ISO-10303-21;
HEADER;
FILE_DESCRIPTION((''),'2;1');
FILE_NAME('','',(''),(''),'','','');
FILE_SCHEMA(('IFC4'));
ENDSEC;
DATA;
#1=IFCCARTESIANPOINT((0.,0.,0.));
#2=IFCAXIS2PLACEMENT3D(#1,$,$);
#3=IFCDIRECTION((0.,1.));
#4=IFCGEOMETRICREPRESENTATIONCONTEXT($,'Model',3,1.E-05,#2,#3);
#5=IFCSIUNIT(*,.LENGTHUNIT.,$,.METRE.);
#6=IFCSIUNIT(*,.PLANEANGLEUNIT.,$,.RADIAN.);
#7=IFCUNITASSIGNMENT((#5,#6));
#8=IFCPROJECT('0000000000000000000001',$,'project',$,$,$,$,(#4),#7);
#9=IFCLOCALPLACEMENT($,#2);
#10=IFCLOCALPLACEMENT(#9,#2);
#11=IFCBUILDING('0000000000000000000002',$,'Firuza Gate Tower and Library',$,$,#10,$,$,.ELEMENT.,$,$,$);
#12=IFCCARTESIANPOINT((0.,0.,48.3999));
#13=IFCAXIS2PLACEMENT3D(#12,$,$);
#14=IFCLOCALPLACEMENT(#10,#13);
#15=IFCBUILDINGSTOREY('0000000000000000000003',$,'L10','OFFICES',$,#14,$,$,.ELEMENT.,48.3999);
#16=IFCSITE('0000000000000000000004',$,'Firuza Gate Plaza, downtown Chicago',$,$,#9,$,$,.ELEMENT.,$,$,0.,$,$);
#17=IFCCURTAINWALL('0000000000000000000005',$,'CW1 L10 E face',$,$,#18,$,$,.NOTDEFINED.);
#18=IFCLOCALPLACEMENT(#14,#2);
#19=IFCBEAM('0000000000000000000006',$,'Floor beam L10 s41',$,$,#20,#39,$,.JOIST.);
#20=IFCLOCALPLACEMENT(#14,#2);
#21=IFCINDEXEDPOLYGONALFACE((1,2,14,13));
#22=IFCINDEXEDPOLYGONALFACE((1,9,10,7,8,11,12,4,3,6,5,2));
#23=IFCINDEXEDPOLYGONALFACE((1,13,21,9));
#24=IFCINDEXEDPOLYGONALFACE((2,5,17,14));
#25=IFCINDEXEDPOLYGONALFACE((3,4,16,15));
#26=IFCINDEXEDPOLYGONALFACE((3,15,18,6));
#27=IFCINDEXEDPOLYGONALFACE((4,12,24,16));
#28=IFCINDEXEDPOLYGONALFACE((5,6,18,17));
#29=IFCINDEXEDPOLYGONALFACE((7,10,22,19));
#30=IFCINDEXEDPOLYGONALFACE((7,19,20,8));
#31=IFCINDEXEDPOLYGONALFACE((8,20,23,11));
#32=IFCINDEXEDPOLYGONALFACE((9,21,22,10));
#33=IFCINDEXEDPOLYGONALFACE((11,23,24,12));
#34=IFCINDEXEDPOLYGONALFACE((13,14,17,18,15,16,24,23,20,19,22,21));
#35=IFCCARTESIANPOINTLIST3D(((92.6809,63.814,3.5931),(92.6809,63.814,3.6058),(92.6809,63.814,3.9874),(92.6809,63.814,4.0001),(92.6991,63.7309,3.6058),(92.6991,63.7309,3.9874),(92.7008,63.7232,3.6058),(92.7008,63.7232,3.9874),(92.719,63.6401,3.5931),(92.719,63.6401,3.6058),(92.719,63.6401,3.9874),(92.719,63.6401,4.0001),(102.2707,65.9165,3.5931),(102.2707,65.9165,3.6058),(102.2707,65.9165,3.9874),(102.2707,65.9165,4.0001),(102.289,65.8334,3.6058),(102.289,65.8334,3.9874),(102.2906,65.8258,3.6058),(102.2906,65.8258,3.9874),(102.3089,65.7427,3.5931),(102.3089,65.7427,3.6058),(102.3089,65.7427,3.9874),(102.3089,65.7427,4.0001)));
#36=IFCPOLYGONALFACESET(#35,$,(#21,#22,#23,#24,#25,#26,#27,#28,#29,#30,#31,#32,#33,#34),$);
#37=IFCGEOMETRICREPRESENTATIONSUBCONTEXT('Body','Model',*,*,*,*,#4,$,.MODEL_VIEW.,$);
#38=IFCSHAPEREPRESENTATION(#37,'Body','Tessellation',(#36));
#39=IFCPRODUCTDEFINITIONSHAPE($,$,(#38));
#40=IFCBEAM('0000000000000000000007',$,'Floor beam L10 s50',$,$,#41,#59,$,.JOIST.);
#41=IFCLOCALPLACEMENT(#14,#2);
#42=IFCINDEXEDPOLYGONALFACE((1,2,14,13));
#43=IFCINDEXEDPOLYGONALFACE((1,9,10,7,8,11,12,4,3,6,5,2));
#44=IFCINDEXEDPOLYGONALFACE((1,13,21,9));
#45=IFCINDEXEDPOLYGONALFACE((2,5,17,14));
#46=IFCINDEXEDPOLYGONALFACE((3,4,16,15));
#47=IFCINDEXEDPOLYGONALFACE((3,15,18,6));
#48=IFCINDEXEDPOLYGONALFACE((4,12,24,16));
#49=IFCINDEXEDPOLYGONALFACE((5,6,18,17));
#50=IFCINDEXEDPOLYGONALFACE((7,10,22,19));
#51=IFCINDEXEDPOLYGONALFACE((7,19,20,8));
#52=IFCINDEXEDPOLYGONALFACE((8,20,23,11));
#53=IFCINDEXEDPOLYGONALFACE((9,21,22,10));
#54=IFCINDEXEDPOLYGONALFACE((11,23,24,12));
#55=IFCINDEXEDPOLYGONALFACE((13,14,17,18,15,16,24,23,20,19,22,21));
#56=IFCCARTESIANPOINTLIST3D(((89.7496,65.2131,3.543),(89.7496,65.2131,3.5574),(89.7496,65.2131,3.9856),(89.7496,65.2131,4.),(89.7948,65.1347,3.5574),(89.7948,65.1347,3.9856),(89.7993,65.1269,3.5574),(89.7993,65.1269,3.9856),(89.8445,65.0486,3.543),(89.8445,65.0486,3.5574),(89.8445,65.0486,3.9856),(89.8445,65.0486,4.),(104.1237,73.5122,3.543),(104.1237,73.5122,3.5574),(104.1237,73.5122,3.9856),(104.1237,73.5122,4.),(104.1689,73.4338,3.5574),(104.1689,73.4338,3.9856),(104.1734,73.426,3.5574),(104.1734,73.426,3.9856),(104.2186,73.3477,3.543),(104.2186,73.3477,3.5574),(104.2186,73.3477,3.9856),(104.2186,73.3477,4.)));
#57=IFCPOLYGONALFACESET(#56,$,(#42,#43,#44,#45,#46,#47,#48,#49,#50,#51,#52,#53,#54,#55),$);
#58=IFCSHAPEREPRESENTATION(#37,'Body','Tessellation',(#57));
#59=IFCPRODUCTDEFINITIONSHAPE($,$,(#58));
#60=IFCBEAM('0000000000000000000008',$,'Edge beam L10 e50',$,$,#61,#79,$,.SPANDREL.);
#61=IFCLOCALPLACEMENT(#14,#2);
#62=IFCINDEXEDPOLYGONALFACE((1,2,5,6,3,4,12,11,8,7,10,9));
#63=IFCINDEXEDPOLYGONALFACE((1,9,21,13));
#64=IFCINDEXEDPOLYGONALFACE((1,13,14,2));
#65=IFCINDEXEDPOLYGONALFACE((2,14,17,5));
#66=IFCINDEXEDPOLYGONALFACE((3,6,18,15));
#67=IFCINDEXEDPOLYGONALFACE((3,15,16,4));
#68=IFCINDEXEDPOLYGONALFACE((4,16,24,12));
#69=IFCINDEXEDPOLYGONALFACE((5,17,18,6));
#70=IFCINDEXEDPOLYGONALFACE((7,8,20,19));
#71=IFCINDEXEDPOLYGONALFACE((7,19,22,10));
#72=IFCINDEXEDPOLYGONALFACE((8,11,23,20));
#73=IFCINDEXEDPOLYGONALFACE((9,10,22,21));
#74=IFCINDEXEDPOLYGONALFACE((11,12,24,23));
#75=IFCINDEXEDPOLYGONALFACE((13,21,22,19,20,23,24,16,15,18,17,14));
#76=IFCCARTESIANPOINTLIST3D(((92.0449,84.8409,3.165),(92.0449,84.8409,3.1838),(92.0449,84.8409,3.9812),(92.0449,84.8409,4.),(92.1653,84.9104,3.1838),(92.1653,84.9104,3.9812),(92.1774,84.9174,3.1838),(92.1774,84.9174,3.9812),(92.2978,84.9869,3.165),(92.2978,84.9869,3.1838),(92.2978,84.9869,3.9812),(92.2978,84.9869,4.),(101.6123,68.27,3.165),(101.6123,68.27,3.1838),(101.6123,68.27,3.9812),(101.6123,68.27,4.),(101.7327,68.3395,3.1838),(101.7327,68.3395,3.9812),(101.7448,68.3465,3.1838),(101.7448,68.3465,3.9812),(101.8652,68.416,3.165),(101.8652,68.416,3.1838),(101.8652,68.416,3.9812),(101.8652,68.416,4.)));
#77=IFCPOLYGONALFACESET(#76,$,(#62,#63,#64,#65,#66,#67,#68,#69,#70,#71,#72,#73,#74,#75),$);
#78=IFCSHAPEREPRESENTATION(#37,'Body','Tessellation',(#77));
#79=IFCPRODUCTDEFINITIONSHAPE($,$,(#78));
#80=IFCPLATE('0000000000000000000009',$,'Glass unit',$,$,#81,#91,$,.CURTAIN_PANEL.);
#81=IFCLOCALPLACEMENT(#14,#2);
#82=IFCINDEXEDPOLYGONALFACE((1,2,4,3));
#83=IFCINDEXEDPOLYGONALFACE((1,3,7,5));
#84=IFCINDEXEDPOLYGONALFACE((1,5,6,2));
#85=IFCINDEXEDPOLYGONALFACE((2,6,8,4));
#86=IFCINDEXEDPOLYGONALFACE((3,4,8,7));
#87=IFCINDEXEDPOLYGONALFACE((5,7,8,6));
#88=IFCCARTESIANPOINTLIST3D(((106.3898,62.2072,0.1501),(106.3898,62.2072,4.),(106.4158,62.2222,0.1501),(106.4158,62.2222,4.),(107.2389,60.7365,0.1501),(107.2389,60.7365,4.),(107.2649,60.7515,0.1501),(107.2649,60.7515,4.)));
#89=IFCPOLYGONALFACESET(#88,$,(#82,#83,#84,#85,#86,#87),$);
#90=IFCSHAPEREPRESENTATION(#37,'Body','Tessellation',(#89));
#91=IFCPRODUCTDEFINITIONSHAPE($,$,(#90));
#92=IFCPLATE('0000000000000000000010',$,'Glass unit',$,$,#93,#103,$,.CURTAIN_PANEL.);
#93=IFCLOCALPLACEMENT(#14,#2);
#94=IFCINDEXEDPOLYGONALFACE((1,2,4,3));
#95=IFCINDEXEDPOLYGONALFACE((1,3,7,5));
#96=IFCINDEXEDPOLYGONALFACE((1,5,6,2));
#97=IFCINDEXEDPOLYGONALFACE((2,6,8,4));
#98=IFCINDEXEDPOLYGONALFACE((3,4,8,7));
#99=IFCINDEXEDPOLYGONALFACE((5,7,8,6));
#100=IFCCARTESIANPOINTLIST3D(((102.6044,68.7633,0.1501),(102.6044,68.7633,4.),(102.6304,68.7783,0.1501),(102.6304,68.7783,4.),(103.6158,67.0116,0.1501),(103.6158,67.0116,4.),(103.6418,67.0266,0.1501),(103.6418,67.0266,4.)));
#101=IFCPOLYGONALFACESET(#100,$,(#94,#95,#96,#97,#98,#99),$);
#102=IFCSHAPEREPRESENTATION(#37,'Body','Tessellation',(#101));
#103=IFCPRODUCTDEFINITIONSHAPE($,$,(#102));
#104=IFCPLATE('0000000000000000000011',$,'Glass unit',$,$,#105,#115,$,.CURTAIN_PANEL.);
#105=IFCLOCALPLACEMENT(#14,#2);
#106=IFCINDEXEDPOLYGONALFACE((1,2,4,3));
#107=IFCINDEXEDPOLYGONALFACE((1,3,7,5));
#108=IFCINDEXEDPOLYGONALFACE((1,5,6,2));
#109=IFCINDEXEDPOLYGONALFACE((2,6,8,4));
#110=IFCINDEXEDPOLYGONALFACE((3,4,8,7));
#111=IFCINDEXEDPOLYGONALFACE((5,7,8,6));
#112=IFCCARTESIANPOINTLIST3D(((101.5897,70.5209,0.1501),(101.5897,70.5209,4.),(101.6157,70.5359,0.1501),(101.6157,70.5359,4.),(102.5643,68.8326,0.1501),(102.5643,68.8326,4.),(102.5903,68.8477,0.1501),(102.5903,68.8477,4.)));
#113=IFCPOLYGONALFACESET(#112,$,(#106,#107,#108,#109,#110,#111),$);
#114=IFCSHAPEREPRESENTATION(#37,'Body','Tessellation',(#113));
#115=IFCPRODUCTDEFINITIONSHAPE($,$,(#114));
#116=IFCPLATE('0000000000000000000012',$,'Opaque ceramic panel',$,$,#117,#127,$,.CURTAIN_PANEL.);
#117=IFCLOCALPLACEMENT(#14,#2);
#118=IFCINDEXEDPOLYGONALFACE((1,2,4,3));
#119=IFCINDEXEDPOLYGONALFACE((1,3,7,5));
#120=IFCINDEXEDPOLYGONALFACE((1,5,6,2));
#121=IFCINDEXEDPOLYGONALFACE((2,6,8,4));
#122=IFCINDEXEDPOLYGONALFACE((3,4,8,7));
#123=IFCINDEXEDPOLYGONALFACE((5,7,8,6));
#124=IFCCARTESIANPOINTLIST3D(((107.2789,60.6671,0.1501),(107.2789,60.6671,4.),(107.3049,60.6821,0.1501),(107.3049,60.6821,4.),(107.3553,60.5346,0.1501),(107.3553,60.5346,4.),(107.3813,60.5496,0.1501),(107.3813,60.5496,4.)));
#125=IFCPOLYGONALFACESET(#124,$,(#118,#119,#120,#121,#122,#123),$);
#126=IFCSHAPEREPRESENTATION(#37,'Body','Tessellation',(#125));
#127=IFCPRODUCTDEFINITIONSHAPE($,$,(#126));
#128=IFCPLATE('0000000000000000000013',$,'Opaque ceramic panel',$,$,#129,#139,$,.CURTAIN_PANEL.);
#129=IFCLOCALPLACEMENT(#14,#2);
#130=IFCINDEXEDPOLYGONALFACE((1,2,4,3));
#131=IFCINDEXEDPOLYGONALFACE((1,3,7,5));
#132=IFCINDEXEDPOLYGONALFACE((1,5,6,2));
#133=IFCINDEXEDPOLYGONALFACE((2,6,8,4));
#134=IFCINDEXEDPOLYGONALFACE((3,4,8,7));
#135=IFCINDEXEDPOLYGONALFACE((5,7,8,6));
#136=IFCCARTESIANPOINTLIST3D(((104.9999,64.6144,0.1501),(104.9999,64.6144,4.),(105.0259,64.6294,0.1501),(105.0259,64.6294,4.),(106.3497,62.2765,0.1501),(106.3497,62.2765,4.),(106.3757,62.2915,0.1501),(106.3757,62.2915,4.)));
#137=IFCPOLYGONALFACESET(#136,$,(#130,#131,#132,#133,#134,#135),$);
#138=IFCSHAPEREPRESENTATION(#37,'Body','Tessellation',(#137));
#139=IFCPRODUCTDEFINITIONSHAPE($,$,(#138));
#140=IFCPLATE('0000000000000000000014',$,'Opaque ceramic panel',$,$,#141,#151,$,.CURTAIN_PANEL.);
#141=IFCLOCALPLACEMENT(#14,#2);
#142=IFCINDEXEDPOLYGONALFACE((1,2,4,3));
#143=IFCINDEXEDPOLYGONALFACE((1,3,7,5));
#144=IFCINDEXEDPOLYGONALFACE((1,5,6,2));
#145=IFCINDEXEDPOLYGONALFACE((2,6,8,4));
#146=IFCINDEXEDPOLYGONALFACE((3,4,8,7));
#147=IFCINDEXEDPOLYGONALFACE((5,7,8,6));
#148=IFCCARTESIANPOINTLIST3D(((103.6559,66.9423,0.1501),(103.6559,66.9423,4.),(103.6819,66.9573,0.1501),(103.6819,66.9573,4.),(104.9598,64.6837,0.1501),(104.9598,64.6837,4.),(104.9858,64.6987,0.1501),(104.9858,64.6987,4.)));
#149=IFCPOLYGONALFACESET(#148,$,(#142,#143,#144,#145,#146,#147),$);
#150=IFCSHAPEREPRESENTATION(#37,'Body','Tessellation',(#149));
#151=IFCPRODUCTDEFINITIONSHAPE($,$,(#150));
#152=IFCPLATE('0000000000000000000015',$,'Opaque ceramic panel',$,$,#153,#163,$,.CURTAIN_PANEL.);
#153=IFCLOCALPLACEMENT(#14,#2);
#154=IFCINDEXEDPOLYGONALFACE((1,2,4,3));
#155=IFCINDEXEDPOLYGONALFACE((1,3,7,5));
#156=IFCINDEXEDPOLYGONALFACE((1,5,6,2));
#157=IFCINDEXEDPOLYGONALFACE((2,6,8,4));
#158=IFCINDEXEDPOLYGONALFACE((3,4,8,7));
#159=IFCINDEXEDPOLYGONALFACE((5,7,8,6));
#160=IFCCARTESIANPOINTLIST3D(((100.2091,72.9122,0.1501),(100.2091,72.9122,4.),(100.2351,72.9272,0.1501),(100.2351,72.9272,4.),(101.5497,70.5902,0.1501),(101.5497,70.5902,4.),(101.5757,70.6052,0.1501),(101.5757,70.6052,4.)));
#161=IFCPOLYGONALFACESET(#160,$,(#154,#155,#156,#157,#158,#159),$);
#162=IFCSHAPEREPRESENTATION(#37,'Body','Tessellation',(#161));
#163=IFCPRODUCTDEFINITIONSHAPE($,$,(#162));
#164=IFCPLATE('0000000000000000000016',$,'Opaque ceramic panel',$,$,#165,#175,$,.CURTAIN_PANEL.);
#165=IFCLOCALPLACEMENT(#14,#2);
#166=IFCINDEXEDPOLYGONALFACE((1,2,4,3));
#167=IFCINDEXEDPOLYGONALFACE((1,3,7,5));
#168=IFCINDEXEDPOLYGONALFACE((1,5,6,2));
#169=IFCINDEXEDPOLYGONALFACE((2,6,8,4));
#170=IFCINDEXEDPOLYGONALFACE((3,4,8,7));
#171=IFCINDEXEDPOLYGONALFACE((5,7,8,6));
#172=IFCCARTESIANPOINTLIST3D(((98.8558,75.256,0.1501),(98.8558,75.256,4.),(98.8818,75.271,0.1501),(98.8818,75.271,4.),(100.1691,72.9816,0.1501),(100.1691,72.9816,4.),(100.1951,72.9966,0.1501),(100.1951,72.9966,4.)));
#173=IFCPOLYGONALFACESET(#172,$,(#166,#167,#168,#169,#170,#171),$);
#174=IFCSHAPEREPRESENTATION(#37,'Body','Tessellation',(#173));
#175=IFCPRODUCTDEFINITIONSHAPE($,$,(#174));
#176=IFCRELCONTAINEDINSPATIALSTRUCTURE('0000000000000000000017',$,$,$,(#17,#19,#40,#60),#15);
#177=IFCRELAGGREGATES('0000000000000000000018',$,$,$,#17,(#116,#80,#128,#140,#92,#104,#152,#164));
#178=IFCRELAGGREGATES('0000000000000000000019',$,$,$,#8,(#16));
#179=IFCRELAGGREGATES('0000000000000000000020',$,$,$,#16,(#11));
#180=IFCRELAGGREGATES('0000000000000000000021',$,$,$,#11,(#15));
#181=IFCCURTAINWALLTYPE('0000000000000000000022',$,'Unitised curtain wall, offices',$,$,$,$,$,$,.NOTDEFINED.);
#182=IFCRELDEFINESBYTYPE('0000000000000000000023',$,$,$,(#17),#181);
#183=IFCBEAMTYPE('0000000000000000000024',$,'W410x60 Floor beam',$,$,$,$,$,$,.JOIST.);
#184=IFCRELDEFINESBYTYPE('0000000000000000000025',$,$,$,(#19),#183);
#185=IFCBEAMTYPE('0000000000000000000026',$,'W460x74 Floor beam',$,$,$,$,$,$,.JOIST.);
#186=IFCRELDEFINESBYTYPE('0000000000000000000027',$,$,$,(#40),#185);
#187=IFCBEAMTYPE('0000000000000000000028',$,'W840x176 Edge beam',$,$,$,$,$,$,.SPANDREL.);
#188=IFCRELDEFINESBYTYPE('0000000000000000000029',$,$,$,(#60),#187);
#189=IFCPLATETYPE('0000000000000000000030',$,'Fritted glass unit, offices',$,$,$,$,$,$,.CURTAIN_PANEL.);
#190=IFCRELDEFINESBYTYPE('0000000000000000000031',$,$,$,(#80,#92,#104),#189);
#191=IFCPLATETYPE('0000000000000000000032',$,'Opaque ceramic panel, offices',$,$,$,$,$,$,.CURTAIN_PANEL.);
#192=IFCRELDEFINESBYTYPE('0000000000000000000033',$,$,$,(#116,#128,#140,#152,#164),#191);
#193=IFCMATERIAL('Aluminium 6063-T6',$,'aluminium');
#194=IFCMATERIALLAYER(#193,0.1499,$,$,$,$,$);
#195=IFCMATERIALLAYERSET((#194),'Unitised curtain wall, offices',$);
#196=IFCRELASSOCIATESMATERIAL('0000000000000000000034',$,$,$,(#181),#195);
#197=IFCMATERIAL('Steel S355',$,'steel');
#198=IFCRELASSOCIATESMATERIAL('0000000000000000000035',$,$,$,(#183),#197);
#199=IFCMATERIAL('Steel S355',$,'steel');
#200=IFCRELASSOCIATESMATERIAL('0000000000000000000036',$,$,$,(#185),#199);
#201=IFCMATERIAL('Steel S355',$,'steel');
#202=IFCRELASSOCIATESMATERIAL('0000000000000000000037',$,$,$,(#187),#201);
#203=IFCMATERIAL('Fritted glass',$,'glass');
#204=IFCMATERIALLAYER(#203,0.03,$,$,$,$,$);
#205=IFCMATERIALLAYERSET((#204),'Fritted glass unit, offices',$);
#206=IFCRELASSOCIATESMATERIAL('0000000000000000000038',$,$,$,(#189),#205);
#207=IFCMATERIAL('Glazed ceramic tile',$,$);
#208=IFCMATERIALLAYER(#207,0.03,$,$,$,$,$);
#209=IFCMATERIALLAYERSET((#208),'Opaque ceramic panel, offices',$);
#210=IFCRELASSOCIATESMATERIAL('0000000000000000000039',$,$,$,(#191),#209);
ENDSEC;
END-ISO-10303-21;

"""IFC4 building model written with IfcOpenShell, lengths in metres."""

from ifc_helpers import new_model, si_unit, direction, frame, origin, origin_2d, place, context, subcontext, project, spatial, polyline, i_section, outline, extrude, material, layer, layer_set, material_profile, profile_set, type_object, element, aggregate, save


model = new_model("IFC4")

# Units and contexts
model_context = context("Model", 3, precision=1e-05, world=origin(), true_north=direction((0.0, 1.0)))
body_context = subcontext(model_context, "Body", "Model", "MODEL_VIEW")
ifc_project = project(units=[si_unit("LENGTHUNIT", "METRE"), si_unit("PLANEANGLEUNIT", "RADIAN")], contexts=[model_context])

# Site, building, storey
site_placement = place(None, origin())
site = spatial("IfcSite", under=ifc_project, at=site_placement, Name="Firuza Gate Plaza, downtown Chicago", CompositionType="ELEMENT", RefElevation=0.0)
building_placement = place(site_placement, origin())
building = spatial("IfcBuilding", under=site, at=building_placement, Name="Firuza Gate Tower and Library", CompositionType="ELEMENT")
storey_placement = place(building_placement, frame((0.0, 0.0, 48.3999)))
storey = spatial("IfcBuildingStorey", under=building, at=storey_placement, Name="L10", Description="OFFICES", CompositionType="ELEMENT", Elevation=48.3999)

# Curtain wall
ifc_material_1 = material(Name="Aluminium 6063-T6", Category="aluminium")
ifc_layer_1 = layer(ifc_material_1, 0.1499)
ifc_layer_set_1 = layer_set([ifc_layer_1], Name="Unitised curtain wall, offices")
curtain_wall_type = type_object("IfcCurtainWallType", Name="Unitised curtain wall, offices", PredefinedType="NOTDEFINED", material=ifc_layer_set_1)
curtain_wall_placement = place(storey_placement, origin())
curtain_wall = element("IfcCurtainWall", 1, at=curtain_wall_placement, inside=storey, type_object=curtain_wall_type, Name="CW1 L10 E face", PredefinedType="NOTDEFINED")

# Beams
ifc_material_2 = material(Name="Steel S355", Category="steel")
ifc_material_profile_1 = material_profile(ifc_material_2, i_section(OverallWidth=0.178, OverallDepth=0.407, WebThickness=0.0078, FlangeThickness=0.0127, at=origin_2d()))
ifc_profile_set_1 = profile_set([ifc_material_profile_1], Name="Steel S355")
beam_type_1 = type_object("IfcBeamType", Name="W410x60 Floor beam", PredefinedType="JOIST", material=ifc_profile_set_1)
beam_1_placement = place(storey_placement, frame((102.2898, 65.8296, 3.7966), z_axis=(-0.976799, -0.21416, 0.0), x_axis=(0.21416, -0.976799, 0.0)))
element("IfcBeam", 2, at=beam_1_placement, inside=storey, type_object=beam_type_1, Name="Floor beam L10 s41", PredefinedType="JOIST", context=body_context, shape_type="SweptSolid", body=[
    extrude(i_section(OverallWidth=0.178, OverallDepth=0.407, WebThickness=0.0078, FlangeThickness=0.0127, at=origin_2d()), origin(), (0.0, 0.0, 1.0), 9.8176),
])
ifc_material_3 = material(Name="Steel S355", Category="steel")
ifc_material_profile_2 = material_profile(ifc_material_3, i_section(OverallWidth=0.1899, OverallDepth=0.457, WebThickness=0.009, FlangeThickness=0.0144, at=origin_2d()))
ifc_profile_set_2 = profile_set([ifc_material_profile_2], Name="Steel S355")
beam_type_2 = type_object("IfcBeamType", Name="W460x74 Floor beam", PredefinedType="JOIST", material=ifc_profile_set_2)
beam_2_placement = place(storey_placement, frame((104.1711, 73.4299, 3.7715), z_axis=(-0.86602, -0.50001, 0.0), x_axis=(0.50001, -0.86602, 0.0)))
element("IfcBeam", 3, at=beam_2_placement, inside=storey, type_object=beam_type_2, Name="Floor beam L10 s50", PredefinedType="JOIST", context=body_context, shape_type="SweptSolid", body=[
    extrude(i_section(OverallWidth=0.1899, OverallDepth=0.457, WebThickness=0.009, FlangeThickness=0.0144, at=origin_2d()), origin(), (0.0, 0.0, 1.0), 16.5979),
])
ifc_material_4 = material(Name="Steel S355", Category="steel")
ifc_material_profile_3 = material_profile(ifc_material_4, i_section(OverallWidth=0.292, OverallDepth=0.835, WebThickness=0.0139, FlangeThickness=0.0188, at=origin_2d()))
ifc_profile_set_3 = profile_set([ifc_material_profile_3], Name="Steel S355")
beam_type_3 = type_object("IfcBeamType", Name="W840x176 Edge beam", PredefinedType="SPANDREL", material=ifc_profile_set_3)
beam_3_placement = place(storey_placement, frame((101.7388, 68.343, 3.5825), z_axis=(-0.500009, 0.86602, 0.0), x_axis=(-0.86602, -0.500009, 0.0)))
element("IfcBeam", 4, at=beam_3_placement, inside=storey, type_object=beam_type_3, Name="Edge beam L10 e50", PredefinedType="SPANDREL", context=body_context, shape_type="SweptSolid", body=[
    extrude(i_section(OverallWidth=0.292, OverallDepth=0.835, WebThickness=0.0139, FlangeThickness=0.0188, at=origin_2d()), origin(), (0.0, 0.0, 1.0), 19.1345),
])

# Plates
ifc_material_5 = material(Name="Fritted glass", Category="glass")
ifc_layer_2 = layer(ifc_material_5, 0.03)
ifc_layer_set_2 = layer_set([ifc_layer_2], Name="Fritted glass unit, offices")
plate_type_1 = type_object("IfcPlateType", Name="Fritted glass unit, offices", PredefinedType="CURTAIN_PANEL", material=ifc_layer_set_2)
plate_1_placement = place(storey_placement, frame((107.2649, 60.7515, 0.1501), z_axis=(0.866023, 0.500005, 0.0), x_axis=(-0.500005, 0.866023, 0.0)))
plate_1 = element("IfcPlate", 5, at=plate_1_placement, type_object=plate_type_1, Name="Glass unit", PredefinedType="CURTAIN_PANEL", context=body_context, shape_type="SweptSolid", body=[
    extrude(outline(polyline([(0.0, 0.0), (1.6982, 0.0), (1.6982, 3.8499), (0.0, 3.8499), (0.0, 0.0)])), origin(), (0.0, 0.0, -1.0), 0.03),
])
plate_2_placement = place(storey_placement, frame((103.6418, 67.0266, 0.1501), z_axis=(0.865999, 0.500046, 0.0), x_axis=(-0.500046, 0.865999, 0.0)))
plate_2 = element("IfcPlate", 6, at=plate_2_placement, type_object=plate_type_1, Name="Glass unit", PredefinedType="CURTAIN_PANEL", context=body_context, shape_type="SweptSolid", body=[
    extrude(outline(polyline([(0.0, 0.0), (2.0228, 0.0), (2.0228, 3.8499), (0.0, 3.8499), (0.0, 0.0)])), origin(), (0.0, 0.0, -1.0), 0.03),
])
plate_3_placement = place(storey_placement, frame((102.5903, 68.8477, 0.1501), z_axis=(0.866046, 0.499965, 0.0), x_axis=(-0.499965, 0.866046, 0.0)))
plate_3 = element("IfcPlate", 7, at=plate_3_placement, type_object=plate_type_1, Name="Glass unit", PredefinedType="CURTAIN_PANEL", context=body_context, shape_type="SweptSolid", body=[
    extrude(outline(polyline([(0.0, 0.0), (1.9494, 0.0), (1.9494, 3.8499), (0.0, 3.8499), (0.0, 0.0)])), origin(), (0.0, 0.0, -1.0), 0.03),
])
ifc_material_6 = material(Name="Glazed ceramic tile")
ifc_layer_3 = layer(ifc_material_6, 0.03)
ifc_layer_set_3 = layer_set([ifc_layer_3], Name="Opaque ceramic panel, offices")
plate_type_2 = type_object("IfcPlateType", Name="Opaque ceramic panel, offices", PredefinedType="CURTAIN_PANEL", material=ifc_layer_set_3)
plate_4_placement = place(storey_placement, frame((107.3813, 60.5496, 0.1501), z_axis=(0.866371, 0.4994, 0.0), x_axis=(-0.4994, 0.866371, 0.0)))
plate_4 = element("IfcPlate", 8, at=plate_4_placement, type_object=plate_type_2, Name="Opaque ceramic panel", PredefinedType="CURTAIN_PANEL", context=body_context, shape_type="SweptSolid", body=[
    extrude(outline(polyline([(0.0, 0.0), (0.153, 0.0), (0.153, 3.8499), (0.0, 3.8499), (0.0, 0.0)])), origin(), (0.0, 0.0, -1.0), 0.03),
])
plate_5_placement = place(storey_placement, frame((106.3757, 62.2915, 0.1501), z_axis=(0.866014, 0.50002, 0.0), x_axis=(-0.50002, 0.866014, 0.0)))
plate_5 = element("IfcPlate", 9, at=plate_5_placement, type_object=plate_type_2, Name="Opaque ceramic panel", PredefinedType="CURTAIN_PANEL", context=body_context, shape_type="SweptSolid", body=[
    extrude(outline(polyline([(0.0, 0.0), (2.6996, 0.0), (2.6996, 3.8499), (0.0, 3.8499), (0.0, 0.0)])), origin(), (0.0, 0.0, -1.0), 0.03),
])
plate_6_placement = place(storey_placement, frame((104.9858, 64.6987, 0.1501), z_axis=(0.866028, 0.499995, 0.0), x_axis=(-0.499995, 0.866028, 0.0)))
plate_6 = element("IfcPlate", 10, at=plate_6_placement, type_object=plate_type_2, Name="Opaque ceramic panel", PredefinedType="CURTAIN_PANEL", context=body_context, shape_type="SweptSolid", body=[
    extrude(outline(polyline([(0.0, 0.0), (2.6079, 0.0), (2.6079, 3.8499), (0.0, 3.8499), (0.0, 0.0)])), origin(), (0.0, 0.0, -1.0), 0.03),
])
plate_7_placement = place(storey_placement, frame((101.5757, 70.6052, 0.1501), z_axis=(0.866032, 0.499988, 0.0), x_axis=(-0.499988, 0.866032, 0.0)))
plate_7 = element("IfcPlate", 11, at=plate_7_placement, type_object=plate_type_2, Name="Opaque ceramic panel", PredefinedType="CURTAIN_PANEL", context=body_context, shape_type="SweptSolid", body=[
    extrude(outline(polyline([(0.0, 0.0), (2.6812, 0.0), (2.6812, 3.8499), (0.0, 3.8499), (0.0, 0.0)])), origin(), (0.0, 0.0, -1.0), 0.03),
])
plate_8_placement = place(storey_placement, frame((100.1951, 72.9966, 0.1501), z_axis=(0.866009, 0.500028, 0.0), x_axis=(-0.500028, 0.866009, 0.0)))
plate_8 = element("IfcPlate", 12, at=plate_8_placement, type_object=plate_type_2, Name="Opaque ceramic panel", PredefinedType="CURTAIN_PANEL", context=body_context, shape_type="SweptSolid", body=[
    extrude(outline(polyline([(0.0, 0.0), (2.6263, 0.0), (2.6263, 3.8499), (0.0, 3.8499), (0.0, 0.0)])), origin(), (0.0, 0.0, -1.0), 0.03),
])
aggregate(curtain_wall, [plate_4, plate_1, plate_5, plate_6, plate_2, plate_3, plate_7, plate_8])

save(model, "model.ifc")
